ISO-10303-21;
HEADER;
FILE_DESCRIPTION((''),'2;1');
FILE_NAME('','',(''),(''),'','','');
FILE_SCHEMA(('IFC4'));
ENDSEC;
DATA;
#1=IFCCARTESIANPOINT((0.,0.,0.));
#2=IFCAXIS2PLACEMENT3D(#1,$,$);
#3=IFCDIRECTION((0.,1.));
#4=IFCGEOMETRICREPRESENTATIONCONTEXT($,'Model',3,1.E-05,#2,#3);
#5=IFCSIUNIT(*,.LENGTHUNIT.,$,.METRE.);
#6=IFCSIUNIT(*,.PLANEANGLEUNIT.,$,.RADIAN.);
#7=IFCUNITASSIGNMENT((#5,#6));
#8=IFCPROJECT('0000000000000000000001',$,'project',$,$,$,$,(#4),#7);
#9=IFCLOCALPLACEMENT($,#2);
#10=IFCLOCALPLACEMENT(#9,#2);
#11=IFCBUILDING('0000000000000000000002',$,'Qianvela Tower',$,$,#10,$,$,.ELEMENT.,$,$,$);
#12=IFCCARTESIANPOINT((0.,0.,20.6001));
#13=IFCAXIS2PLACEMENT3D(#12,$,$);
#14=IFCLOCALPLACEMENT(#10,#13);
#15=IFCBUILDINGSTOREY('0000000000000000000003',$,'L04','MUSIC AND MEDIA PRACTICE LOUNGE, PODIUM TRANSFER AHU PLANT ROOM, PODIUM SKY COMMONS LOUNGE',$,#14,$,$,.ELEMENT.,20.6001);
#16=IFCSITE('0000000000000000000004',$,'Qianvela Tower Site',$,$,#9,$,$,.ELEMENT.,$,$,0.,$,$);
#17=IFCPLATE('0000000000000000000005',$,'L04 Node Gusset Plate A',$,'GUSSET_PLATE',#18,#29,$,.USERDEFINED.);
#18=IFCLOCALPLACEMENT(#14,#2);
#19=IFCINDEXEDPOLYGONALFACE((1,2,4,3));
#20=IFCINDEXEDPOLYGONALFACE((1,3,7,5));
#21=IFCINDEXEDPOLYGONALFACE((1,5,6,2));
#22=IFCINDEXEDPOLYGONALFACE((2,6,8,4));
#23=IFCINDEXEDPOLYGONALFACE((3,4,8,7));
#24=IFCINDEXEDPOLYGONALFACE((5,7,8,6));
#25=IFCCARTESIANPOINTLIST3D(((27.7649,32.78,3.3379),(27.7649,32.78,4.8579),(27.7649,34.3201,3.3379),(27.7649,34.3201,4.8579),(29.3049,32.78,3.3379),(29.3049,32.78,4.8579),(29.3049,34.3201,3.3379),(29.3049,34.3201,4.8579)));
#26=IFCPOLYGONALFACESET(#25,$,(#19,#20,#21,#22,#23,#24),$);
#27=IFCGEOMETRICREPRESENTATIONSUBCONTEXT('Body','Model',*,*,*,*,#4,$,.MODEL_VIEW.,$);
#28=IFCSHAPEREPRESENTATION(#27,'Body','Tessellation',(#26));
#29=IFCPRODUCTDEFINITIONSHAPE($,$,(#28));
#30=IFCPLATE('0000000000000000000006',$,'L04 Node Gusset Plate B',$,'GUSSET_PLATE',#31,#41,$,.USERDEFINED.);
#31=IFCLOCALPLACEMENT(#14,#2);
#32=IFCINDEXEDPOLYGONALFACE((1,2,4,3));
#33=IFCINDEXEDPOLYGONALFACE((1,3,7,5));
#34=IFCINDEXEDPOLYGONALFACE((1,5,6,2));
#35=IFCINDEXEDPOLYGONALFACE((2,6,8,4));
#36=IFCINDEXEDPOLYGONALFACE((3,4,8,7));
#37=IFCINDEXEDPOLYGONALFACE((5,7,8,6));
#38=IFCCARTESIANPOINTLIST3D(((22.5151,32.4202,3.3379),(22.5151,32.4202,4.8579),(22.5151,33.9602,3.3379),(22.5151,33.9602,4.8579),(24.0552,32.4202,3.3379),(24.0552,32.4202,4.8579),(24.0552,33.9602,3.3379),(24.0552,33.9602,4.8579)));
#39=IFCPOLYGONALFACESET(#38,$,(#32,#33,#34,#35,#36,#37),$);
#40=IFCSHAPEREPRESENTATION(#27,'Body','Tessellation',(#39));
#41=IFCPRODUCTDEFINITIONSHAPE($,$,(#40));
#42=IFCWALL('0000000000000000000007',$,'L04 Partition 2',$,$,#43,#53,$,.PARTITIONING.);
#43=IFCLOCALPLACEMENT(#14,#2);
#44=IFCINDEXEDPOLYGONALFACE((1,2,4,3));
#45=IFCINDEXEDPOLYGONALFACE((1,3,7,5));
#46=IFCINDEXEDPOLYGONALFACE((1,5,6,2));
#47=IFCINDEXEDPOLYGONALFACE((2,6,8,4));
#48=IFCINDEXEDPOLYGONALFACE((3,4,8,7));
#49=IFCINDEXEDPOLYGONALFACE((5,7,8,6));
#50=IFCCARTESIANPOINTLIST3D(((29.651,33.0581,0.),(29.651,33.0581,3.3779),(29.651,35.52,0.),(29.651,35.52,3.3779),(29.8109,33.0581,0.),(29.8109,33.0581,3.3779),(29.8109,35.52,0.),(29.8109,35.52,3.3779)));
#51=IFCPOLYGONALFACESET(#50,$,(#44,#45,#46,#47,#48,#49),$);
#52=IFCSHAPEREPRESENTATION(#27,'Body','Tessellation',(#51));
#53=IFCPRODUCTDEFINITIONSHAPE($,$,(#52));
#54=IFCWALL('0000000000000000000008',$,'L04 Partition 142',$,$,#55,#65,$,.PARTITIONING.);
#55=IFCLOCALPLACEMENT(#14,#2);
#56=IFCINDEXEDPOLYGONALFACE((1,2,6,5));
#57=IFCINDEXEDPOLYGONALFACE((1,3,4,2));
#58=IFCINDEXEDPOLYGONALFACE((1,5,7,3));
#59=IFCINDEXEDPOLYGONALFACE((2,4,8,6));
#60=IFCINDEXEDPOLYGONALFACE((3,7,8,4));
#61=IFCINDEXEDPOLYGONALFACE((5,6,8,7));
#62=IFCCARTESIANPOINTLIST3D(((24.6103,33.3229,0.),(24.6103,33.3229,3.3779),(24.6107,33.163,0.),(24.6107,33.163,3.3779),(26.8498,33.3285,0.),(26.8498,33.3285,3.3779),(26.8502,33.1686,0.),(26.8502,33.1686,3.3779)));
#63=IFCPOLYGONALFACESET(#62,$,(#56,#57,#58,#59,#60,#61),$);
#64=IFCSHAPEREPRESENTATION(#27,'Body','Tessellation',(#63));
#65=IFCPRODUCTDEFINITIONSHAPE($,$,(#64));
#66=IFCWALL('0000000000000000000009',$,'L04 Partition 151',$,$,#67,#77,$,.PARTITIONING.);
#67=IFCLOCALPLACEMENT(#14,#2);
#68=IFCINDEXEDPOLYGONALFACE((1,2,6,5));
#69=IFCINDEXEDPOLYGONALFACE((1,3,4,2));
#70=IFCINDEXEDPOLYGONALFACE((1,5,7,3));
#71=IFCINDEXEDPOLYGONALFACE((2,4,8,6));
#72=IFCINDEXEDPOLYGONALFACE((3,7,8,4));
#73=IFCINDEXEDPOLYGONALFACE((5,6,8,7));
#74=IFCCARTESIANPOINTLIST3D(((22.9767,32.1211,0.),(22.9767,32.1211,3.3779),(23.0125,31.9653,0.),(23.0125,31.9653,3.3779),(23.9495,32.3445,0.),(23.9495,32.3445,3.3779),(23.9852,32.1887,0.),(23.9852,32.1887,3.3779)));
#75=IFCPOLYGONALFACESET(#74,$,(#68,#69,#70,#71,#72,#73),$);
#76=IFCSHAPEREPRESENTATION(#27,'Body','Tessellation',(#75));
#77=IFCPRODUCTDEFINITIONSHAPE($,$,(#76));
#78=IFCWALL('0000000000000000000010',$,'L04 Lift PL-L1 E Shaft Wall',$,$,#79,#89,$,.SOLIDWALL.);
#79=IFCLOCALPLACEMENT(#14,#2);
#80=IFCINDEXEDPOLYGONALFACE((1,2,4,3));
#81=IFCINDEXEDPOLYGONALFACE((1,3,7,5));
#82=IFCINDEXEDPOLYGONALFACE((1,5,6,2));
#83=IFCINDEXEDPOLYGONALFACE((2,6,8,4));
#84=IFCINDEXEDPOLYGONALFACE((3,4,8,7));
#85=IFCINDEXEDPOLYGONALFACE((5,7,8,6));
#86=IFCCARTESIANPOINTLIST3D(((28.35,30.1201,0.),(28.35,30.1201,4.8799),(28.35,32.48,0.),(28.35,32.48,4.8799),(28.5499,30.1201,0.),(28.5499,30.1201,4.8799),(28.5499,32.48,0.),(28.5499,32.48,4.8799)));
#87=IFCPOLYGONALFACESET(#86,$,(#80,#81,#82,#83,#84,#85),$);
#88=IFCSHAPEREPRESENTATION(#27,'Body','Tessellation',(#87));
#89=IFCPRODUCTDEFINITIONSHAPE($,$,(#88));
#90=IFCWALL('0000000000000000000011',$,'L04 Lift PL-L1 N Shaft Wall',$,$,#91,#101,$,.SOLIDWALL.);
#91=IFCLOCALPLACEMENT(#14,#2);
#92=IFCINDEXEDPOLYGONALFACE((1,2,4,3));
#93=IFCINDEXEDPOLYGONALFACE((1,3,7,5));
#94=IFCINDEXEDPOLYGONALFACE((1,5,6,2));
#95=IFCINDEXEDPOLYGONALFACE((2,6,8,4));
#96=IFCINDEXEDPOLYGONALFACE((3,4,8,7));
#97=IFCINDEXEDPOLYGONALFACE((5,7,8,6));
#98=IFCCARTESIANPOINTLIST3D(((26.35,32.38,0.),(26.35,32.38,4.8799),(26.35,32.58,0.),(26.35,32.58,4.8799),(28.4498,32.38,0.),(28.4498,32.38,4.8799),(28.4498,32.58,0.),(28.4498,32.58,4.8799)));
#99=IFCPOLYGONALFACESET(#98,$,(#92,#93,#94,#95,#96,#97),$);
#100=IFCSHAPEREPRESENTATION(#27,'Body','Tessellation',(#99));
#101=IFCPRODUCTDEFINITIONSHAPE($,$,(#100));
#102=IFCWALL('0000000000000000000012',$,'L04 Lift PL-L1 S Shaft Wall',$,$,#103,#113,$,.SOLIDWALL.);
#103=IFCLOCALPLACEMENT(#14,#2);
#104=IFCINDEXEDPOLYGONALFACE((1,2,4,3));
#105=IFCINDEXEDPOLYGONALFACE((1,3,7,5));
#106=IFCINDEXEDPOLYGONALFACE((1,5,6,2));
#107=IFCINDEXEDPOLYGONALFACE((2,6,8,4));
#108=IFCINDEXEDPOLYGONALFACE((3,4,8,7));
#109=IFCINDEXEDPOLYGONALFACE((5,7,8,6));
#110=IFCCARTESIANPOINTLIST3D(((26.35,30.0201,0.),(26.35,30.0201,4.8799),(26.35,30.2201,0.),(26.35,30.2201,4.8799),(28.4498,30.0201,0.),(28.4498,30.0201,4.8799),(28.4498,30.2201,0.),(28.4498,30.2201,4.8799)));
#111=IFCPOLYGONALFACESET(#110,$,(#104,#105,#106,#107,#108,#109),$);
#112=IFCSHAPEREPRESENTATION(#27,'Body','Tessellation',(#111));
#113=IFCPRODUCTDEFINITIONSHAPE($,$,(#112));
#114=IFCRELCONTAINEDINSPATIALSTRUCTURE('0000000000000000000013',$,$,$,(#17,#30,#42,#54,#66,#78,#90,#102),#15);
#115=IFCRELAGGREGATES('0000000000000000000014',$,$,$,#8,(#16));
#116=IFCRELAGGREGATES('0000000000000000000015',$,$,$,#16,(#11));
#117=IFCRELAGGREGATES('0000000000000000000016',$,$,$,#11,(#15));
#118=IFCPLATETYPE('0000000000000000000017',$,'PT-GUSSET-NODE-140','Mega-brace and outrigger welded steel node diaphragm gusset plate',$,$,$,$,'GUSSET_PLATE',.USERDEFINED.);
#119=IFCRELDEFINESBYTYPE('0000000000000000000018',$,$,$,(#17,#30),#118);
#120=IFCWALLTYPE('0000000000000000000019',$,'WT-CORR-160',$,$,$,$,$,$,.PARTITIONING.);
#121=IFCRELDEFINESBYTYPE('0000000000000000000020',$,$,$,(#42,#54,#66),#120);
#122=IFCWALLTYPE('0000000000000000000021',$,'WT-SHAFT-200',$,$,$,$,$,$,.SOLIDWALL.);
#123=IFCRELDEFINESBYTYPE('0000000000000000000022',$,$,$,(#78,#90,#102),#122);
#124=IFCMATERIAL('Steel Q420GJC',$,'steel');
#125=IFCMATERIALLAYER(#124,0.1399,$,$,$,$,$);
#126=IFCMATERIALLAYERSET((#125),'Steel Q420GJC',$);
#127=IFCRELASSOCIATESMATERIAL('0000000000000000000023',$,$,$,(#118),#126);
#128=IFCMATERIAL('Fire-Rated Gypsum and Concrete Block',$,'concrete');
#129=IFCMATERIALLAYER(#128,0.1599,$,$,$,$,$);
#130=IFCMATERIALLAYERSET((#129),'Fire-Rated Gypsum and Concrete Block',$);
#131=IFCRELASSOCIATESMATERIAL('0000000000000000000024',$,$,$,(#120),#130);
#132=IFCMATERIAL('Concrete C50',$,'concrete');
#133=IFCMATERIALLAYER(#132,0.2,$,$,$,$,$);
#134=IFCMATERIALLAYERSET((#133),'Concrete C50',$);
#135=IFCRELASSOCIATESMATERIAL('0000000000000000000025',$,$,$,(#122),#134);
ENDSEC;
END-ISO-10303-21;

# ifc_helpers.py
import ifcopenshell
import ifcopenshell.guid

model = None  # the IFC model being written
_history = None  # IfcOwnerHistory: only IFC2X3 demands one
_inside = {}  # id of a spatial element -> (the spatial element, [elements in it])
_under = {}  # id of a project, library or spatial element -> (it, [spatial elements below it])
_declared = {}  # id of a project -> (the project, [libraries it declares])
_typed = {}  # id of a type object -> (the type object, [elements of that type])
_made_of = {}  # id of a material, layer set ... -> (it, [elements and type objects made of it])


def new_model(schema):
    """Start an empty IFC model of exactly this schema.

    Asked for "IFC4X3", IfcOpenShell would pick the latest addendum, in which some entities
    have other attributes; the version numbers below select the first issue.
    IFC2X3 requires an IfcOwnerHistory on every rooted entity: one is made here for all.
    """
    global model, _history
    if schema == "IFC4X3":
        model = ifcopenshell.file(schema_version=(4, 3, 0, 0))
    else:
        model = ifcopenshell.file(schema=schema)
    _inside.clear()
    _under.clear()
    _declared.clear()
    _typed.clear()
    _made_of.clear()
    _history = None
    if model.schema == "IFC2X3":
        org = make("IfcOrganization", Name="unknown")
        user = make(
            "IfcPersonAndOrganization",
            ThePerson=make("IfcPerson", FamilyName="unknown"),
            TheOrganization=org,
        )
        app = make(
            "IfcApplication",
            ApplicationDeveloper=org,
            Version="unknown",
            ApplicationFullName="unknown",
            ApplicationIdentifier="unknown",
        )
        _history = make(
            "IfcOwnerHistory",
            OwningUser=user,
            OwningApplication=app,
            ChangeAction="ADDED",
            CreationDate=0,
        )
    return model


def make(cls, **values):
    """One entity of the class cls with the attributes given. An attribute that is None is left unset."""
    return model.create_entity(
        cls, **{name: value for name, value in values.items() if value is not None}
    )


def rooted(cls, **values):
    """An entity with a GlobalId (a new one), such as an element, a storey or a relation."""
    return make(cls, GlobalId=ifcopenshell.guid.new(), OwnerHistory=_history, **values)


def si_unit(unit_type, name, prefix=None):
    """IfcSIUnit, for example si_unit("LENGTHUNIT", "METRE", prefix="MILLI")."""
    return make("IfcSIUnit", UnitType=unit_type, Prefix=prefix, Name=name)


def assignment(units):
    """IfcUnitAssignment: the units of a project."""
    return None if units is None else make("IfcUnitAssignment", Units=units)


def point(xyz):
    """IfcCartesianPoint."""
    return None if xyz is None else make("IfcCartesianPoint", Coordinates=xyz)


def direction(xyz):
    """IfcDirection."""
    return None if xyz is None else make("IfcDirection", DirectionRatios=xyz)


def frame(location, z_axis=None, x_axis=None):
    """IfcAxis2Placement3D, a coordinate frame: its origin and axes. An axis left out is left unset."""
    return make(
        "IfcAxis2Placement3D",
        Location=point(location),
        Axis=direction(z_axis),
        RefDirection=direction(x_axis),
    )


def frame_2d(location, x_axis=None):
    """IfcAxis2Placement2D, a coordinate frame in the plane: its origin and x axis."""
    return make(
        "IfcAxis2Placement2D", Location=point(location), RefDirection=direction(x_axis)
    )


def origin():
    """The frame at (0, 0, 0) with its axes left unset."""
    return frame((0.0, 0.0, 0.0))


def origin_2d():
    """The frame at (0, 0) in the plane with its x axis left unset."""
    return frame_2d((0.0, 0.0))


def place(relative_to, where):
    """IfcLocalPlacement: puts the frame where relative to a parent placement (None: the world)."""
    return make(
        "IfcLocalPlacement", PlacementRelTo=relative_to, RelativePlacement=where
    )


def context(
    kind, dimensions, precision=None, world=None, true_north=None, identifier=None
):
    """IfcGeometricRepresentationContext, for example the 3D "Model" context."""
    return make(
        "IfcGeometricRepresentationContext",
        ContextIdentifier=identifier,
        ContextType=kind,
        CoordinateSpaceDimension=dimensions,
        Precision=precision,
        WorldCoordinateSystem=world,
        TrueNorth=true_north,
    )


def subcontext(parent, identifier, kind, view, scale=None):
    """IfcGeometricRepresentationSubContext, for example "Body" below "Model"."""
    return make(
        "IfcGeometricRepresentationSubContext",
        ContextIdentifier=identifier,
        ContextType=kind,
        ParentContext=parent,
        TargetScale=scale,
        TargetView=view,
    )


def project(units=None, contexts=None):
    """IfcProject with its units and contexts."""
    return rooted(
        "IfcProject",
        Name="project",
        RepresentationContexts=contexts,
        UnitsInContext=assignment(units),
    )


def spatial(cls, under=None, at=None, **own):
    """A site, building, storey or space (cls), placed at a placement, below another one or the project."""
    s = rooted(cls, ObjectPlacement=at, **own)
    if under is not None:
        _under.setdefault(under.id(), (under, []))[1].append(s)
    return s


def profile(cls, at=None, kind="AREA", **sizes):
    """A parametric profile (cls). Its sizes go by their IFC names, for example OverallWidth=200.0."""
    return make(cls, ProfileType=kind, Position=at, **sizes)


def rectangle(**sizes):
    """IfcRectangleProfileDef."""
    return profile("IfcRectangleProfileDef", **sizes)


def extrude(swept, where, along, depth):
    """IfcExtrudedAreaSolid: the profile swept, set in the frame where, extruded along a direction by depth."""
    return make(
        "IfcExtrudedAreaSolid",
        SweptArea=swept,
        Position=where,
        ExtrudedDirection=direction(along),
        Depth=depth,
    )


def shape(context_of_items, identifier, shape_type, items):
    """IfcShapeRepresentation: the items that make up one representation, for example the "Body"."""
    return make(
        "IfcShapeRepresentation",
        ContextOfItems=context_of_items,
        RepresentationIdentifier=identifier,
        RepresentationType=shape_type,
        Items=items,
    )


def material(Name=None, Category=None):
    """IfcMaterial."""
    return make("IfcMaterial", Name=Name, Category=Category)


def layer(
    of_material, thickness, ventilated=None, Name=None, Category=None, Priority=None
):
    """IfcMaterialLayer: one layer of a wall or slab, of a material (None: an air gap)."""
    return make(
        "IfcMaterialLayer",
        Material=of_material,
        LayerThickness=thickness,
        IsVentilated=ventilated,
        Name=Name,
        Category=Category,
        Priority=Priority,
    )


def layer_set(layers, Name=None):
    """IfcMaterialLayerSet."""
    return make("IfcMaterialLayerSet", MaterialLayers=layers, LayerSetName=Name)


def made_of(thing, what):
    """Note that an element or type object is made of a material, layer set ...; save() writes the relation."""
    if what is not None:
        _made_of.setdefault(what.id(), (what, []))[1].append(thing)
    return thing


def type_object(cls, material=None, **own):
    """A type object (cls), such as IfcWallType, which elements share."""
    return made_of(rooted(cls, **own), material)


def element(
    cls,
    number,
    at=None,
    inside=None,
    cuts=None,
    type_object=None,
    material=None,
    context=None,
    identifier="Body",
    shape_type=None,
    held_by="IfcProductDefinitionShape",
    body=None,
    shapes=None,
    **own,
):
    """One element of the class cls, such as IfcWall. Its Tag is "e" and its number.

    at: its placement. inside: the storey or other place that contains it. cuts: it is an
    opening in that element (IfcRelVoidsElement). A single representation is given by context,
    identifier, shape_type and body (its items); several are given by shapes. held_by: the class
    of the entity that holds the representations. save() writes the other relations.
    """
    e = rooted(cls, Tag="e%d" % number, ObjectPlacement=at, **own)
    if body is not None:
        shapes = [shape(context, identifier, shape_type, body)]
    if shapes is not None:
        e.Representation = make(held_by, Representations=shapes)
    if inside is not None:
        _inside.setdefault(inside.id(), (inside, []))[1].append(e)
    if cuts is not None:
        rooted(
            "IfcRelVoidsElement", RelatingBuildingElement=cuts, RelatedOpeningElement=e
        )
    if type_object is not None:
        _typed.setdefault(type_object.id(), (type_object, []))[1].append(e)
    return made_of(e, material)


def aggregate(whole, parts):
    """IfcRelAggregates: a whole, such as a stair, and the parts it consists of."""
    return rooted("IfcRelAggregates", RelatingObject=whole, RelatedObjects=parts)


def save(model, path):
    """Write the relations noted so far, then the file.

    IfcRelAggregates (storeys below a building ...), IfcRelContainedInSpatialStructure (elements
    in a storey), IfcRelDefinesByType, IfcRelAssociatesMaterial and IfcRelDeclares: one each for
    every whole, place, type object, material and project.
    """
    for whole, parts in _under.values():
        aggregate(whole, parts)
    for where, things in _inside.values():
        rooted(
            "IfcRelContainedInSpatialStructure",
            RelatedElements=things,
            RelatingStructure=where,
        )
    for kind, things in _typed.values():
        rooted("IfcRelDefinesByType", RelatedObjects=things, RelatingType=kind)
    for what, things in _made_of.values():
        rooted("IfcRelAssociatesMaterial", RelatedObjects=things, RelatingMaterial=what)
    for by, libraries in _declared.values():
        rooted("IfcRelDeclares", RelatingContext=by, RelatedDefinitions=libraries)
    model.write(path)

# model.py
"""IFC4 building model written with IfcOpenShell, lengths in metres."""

from ifc_helpers import new_model, si_unit, direction, frame, frame_2d, origin, origin_2d, place, context, subcontext, project, spatial, rectangle, extrude, material, layer, layer_set, type_object, element, save


model = new_model("IFC4")

# Units and contexts
model_context = context("Model", 3, precision=1e-05, world=origin(), true_north=direction((0.0, 1.0)))
body_context = subcontext(model_context, "Body", "Model", "MODEL_VIEW")
ifc_project = project(units=[si_unit("LENGTHUNIT", "METRE"), si_unit("PLANEANGLEUNIT", "RADIAN")], contexts=[model_context])

# Site, building, storey
site_placement = place(None, origin())
site = spatial("IfcSite", under=ifc_project, at=site_placement, Name="Qianvela Tower Site", CompositionType="ELEMENT", RefElevation=0.0)
building_placement = place(site_placement, origin())
building = spatial("IfcBuilding", under=site, at=building_placement, Name="Qianvela Tower", CompositionType="ELEMENT")
storey_placement = place(building_placement, frame((0.0, 0.0, 20.6001)))
storey = spatial("IfcBuildingStorey", under=building, at=storey_placement, Name="L04", Description="MUSIC AND MEDIA PRACTICE LOUNGE, PODIUM TRANSFER AHU PLANT ROOM, PODIUM SKY COMMONS LOUNGE", CompositionType="ELEMENT", Elevation=20.6001)

# Plates
ifc_material_1 = material(Name="Steel Q420GJC", Category="steel")
ifc_layer_1 = layer(ifc_material_1, 0.1399)
ifc_layer_set_1 = layer_set([ifc_layer_1], Name="Steel Q420GJC")
plate_type = type_object("IfcPlateType", Name="PT-GUSSET-NODE-140", Description="Mega-brace and outrigger welded steel node diaphragm gusset plate", ElementType="GUSSET_PLATE", PredefinedType="USERDEFINED", material=ifc_layer_set_1)
for number, where, z_axis, x_axis, name in (
    (1, (28.5349, 33.55, 3.3379), (0.0, 0.0, 1.0), (1.0, 0.0, 0.0), "L04 Node Gusset Plate A"),
    (2, (23.2852, 33.1902, 3.3379), (0.0, 0.0, 1.0), (1.0, 0.0, 0.0), "L04 Node Gusset Plate B"),
):
    element("IfcPlate", number, at=place(storey_placement, frame(where, z_axis=z_axis, x_axis=x_axis)), inside=storey, type_object=plate_type, Name=name, ObjectType="GUSSET_PLATE", PredefinedType="USERDEFINED", context=body_context, shape_type="SweptSolid", body=[
        extrude(rectangle(XDim=1.54, YDim=1.54, at=origin_2d()), origin(), (0.0, 0.0, 1.0), 1.52),
    ])

# Walls
ifc_material_2 = material(Name="Fire-Rated Gypsum and Concrete Block", Category="concrete")
ifc_layer_2 = layer(ifc_material_2, 0.1599)
ifc_layer_set_2 = layer_set([ifc_layer_2], Name="Fire-Rated Gypsum and Concrete Block")
wall_type_1 = type_object("IfcWallType", Name="WT-CORR-160", PredefinedType="PARTITIONING", material=ifc_layer_set_2)
wall_1_placement = place(storey_placement, frame((29.731, 33.0581, 0.0), z_axis=(0.0, 0.0, 1.0), x_axis=(0.0, 1.0, 0.0)))
element("IfcWall", 3, at=wall_1_placement, inside=storey, type_object=wall_type_1, Name="L04 Partition 2", PredefinedType="PARTITIONING", context=body_context, shape_type="SweptSolid", body=[
    extrude(rectangle(XDim=2.4619, YDim=0.1599, at=frame_2d((1.231, 0.0))), origin(), (0.0, 0.0, 1.0), 3.3779),
])
wall_2_placement = place(storey_placement, frame((26.8499, 33.2485, 0.0), z_axis=(0.0, 0.0, 1.0), x_axis=(-0.999997, -0.002507, 0.0)))
element("IfcWall", 4, at=wall_2_placement, inside=storey, type_object=wall_type_1, Name="L04 Partition 142", PredefinedType="PARTITIONING", context=body_context, shape_type="SweptSolid", body=[
    extrude(rectangle(XDim=2.2395, YDim=0.1599, at=frame_2d((1.1196, 0.0))), origin(), (0.0, 0.0, 1.0), 3.3779),
])
wall_3_placement = place(storey_placement, frame((22.9946, 32.0432, 0.0), z_axis=(0.0, 0.0, 1.0), x_axis=(0.974626, 0.223841, 0.0)))
element("IfcWall", 5, at=wall_3_placement, inside=storey, type_object=wall_type_1, Name="L04 Partition 151", PredefinedType="PARTITIONING", context=body_context, shape_type="SweptSolid", body=[
    extrude(rectangle(XDim=0.998, YDim=0.1599, at=frame_2d((0.499, 0.0))), origin(), (0.0, 0.0, 1.0), 3.3779),
])
ifc_material_3 = material(Name="Concrete C50", Category="concrete")
ifc_layer_3 = layer(ifc_material_3, 0.2)
ifc_layer_set_3 = layer_set([ifc_layer_3], Name="Concrete C50")
wall_type_2 = type_object("IfcWallType", Name="WT-SHAFT-200", PredefinedType="SOLIDWALL", material=ifc_layer_set_3)
wall_4_placement = place(storey_placement, frame((28.45, 30.1201, 0.0), z_axis=(0.0, 0.0, 1.0), x_axis=(0.0, 1.0, 0.0)))
element("IfcWall", 6, at=wall_4_placement, inside=storey, type_object=wall_type_2, Name="L04 Lift PL-L1 E Shaft Wall", PredefinedType="SOLIDWALL", context=body_context, shape_type="SweptSolid", body=[
    extrude(rectangle(XDim=2.3599, YDim=0.2, at=frame_2d((1.1799, 0.0))), origin(), (0.0, 0.0, 1.0), 4.8799),
])

# Walls
for number, where, z_axis, x_axis, name in (
    (7, (26.3501, 32.48, 0.0), (0.0, 0.0, 1.0), (1.0, 0.0, 0.0), "L04 Lift PL-L1 N Shaft Wall"),
    (8, (26.3501, 30.1201, 0.0), (0.0, 0.0, 1.0), (1.0, 0.0, 0.0), "L04 Lift PL-L1 S Shaft Wall"),
):
    element("IfcWall", number, at=place(storey_placement, frame(where, z_axis=z_axis, x_axis=x_axis)), inside=storey, type_object=wall_type_2, Name=name, PredefinedType="SOLIDWALL", context=body_context, shape_type="SweptSolid", body=[
        extrude(rectangle(XDim=2.0999, YDim=0.2, at=frame_2d((1.0498, 0.0))), origin(), (0.0, 0.0, 1.0), 4.8799),
    ])

save(model, "model.ifc")
